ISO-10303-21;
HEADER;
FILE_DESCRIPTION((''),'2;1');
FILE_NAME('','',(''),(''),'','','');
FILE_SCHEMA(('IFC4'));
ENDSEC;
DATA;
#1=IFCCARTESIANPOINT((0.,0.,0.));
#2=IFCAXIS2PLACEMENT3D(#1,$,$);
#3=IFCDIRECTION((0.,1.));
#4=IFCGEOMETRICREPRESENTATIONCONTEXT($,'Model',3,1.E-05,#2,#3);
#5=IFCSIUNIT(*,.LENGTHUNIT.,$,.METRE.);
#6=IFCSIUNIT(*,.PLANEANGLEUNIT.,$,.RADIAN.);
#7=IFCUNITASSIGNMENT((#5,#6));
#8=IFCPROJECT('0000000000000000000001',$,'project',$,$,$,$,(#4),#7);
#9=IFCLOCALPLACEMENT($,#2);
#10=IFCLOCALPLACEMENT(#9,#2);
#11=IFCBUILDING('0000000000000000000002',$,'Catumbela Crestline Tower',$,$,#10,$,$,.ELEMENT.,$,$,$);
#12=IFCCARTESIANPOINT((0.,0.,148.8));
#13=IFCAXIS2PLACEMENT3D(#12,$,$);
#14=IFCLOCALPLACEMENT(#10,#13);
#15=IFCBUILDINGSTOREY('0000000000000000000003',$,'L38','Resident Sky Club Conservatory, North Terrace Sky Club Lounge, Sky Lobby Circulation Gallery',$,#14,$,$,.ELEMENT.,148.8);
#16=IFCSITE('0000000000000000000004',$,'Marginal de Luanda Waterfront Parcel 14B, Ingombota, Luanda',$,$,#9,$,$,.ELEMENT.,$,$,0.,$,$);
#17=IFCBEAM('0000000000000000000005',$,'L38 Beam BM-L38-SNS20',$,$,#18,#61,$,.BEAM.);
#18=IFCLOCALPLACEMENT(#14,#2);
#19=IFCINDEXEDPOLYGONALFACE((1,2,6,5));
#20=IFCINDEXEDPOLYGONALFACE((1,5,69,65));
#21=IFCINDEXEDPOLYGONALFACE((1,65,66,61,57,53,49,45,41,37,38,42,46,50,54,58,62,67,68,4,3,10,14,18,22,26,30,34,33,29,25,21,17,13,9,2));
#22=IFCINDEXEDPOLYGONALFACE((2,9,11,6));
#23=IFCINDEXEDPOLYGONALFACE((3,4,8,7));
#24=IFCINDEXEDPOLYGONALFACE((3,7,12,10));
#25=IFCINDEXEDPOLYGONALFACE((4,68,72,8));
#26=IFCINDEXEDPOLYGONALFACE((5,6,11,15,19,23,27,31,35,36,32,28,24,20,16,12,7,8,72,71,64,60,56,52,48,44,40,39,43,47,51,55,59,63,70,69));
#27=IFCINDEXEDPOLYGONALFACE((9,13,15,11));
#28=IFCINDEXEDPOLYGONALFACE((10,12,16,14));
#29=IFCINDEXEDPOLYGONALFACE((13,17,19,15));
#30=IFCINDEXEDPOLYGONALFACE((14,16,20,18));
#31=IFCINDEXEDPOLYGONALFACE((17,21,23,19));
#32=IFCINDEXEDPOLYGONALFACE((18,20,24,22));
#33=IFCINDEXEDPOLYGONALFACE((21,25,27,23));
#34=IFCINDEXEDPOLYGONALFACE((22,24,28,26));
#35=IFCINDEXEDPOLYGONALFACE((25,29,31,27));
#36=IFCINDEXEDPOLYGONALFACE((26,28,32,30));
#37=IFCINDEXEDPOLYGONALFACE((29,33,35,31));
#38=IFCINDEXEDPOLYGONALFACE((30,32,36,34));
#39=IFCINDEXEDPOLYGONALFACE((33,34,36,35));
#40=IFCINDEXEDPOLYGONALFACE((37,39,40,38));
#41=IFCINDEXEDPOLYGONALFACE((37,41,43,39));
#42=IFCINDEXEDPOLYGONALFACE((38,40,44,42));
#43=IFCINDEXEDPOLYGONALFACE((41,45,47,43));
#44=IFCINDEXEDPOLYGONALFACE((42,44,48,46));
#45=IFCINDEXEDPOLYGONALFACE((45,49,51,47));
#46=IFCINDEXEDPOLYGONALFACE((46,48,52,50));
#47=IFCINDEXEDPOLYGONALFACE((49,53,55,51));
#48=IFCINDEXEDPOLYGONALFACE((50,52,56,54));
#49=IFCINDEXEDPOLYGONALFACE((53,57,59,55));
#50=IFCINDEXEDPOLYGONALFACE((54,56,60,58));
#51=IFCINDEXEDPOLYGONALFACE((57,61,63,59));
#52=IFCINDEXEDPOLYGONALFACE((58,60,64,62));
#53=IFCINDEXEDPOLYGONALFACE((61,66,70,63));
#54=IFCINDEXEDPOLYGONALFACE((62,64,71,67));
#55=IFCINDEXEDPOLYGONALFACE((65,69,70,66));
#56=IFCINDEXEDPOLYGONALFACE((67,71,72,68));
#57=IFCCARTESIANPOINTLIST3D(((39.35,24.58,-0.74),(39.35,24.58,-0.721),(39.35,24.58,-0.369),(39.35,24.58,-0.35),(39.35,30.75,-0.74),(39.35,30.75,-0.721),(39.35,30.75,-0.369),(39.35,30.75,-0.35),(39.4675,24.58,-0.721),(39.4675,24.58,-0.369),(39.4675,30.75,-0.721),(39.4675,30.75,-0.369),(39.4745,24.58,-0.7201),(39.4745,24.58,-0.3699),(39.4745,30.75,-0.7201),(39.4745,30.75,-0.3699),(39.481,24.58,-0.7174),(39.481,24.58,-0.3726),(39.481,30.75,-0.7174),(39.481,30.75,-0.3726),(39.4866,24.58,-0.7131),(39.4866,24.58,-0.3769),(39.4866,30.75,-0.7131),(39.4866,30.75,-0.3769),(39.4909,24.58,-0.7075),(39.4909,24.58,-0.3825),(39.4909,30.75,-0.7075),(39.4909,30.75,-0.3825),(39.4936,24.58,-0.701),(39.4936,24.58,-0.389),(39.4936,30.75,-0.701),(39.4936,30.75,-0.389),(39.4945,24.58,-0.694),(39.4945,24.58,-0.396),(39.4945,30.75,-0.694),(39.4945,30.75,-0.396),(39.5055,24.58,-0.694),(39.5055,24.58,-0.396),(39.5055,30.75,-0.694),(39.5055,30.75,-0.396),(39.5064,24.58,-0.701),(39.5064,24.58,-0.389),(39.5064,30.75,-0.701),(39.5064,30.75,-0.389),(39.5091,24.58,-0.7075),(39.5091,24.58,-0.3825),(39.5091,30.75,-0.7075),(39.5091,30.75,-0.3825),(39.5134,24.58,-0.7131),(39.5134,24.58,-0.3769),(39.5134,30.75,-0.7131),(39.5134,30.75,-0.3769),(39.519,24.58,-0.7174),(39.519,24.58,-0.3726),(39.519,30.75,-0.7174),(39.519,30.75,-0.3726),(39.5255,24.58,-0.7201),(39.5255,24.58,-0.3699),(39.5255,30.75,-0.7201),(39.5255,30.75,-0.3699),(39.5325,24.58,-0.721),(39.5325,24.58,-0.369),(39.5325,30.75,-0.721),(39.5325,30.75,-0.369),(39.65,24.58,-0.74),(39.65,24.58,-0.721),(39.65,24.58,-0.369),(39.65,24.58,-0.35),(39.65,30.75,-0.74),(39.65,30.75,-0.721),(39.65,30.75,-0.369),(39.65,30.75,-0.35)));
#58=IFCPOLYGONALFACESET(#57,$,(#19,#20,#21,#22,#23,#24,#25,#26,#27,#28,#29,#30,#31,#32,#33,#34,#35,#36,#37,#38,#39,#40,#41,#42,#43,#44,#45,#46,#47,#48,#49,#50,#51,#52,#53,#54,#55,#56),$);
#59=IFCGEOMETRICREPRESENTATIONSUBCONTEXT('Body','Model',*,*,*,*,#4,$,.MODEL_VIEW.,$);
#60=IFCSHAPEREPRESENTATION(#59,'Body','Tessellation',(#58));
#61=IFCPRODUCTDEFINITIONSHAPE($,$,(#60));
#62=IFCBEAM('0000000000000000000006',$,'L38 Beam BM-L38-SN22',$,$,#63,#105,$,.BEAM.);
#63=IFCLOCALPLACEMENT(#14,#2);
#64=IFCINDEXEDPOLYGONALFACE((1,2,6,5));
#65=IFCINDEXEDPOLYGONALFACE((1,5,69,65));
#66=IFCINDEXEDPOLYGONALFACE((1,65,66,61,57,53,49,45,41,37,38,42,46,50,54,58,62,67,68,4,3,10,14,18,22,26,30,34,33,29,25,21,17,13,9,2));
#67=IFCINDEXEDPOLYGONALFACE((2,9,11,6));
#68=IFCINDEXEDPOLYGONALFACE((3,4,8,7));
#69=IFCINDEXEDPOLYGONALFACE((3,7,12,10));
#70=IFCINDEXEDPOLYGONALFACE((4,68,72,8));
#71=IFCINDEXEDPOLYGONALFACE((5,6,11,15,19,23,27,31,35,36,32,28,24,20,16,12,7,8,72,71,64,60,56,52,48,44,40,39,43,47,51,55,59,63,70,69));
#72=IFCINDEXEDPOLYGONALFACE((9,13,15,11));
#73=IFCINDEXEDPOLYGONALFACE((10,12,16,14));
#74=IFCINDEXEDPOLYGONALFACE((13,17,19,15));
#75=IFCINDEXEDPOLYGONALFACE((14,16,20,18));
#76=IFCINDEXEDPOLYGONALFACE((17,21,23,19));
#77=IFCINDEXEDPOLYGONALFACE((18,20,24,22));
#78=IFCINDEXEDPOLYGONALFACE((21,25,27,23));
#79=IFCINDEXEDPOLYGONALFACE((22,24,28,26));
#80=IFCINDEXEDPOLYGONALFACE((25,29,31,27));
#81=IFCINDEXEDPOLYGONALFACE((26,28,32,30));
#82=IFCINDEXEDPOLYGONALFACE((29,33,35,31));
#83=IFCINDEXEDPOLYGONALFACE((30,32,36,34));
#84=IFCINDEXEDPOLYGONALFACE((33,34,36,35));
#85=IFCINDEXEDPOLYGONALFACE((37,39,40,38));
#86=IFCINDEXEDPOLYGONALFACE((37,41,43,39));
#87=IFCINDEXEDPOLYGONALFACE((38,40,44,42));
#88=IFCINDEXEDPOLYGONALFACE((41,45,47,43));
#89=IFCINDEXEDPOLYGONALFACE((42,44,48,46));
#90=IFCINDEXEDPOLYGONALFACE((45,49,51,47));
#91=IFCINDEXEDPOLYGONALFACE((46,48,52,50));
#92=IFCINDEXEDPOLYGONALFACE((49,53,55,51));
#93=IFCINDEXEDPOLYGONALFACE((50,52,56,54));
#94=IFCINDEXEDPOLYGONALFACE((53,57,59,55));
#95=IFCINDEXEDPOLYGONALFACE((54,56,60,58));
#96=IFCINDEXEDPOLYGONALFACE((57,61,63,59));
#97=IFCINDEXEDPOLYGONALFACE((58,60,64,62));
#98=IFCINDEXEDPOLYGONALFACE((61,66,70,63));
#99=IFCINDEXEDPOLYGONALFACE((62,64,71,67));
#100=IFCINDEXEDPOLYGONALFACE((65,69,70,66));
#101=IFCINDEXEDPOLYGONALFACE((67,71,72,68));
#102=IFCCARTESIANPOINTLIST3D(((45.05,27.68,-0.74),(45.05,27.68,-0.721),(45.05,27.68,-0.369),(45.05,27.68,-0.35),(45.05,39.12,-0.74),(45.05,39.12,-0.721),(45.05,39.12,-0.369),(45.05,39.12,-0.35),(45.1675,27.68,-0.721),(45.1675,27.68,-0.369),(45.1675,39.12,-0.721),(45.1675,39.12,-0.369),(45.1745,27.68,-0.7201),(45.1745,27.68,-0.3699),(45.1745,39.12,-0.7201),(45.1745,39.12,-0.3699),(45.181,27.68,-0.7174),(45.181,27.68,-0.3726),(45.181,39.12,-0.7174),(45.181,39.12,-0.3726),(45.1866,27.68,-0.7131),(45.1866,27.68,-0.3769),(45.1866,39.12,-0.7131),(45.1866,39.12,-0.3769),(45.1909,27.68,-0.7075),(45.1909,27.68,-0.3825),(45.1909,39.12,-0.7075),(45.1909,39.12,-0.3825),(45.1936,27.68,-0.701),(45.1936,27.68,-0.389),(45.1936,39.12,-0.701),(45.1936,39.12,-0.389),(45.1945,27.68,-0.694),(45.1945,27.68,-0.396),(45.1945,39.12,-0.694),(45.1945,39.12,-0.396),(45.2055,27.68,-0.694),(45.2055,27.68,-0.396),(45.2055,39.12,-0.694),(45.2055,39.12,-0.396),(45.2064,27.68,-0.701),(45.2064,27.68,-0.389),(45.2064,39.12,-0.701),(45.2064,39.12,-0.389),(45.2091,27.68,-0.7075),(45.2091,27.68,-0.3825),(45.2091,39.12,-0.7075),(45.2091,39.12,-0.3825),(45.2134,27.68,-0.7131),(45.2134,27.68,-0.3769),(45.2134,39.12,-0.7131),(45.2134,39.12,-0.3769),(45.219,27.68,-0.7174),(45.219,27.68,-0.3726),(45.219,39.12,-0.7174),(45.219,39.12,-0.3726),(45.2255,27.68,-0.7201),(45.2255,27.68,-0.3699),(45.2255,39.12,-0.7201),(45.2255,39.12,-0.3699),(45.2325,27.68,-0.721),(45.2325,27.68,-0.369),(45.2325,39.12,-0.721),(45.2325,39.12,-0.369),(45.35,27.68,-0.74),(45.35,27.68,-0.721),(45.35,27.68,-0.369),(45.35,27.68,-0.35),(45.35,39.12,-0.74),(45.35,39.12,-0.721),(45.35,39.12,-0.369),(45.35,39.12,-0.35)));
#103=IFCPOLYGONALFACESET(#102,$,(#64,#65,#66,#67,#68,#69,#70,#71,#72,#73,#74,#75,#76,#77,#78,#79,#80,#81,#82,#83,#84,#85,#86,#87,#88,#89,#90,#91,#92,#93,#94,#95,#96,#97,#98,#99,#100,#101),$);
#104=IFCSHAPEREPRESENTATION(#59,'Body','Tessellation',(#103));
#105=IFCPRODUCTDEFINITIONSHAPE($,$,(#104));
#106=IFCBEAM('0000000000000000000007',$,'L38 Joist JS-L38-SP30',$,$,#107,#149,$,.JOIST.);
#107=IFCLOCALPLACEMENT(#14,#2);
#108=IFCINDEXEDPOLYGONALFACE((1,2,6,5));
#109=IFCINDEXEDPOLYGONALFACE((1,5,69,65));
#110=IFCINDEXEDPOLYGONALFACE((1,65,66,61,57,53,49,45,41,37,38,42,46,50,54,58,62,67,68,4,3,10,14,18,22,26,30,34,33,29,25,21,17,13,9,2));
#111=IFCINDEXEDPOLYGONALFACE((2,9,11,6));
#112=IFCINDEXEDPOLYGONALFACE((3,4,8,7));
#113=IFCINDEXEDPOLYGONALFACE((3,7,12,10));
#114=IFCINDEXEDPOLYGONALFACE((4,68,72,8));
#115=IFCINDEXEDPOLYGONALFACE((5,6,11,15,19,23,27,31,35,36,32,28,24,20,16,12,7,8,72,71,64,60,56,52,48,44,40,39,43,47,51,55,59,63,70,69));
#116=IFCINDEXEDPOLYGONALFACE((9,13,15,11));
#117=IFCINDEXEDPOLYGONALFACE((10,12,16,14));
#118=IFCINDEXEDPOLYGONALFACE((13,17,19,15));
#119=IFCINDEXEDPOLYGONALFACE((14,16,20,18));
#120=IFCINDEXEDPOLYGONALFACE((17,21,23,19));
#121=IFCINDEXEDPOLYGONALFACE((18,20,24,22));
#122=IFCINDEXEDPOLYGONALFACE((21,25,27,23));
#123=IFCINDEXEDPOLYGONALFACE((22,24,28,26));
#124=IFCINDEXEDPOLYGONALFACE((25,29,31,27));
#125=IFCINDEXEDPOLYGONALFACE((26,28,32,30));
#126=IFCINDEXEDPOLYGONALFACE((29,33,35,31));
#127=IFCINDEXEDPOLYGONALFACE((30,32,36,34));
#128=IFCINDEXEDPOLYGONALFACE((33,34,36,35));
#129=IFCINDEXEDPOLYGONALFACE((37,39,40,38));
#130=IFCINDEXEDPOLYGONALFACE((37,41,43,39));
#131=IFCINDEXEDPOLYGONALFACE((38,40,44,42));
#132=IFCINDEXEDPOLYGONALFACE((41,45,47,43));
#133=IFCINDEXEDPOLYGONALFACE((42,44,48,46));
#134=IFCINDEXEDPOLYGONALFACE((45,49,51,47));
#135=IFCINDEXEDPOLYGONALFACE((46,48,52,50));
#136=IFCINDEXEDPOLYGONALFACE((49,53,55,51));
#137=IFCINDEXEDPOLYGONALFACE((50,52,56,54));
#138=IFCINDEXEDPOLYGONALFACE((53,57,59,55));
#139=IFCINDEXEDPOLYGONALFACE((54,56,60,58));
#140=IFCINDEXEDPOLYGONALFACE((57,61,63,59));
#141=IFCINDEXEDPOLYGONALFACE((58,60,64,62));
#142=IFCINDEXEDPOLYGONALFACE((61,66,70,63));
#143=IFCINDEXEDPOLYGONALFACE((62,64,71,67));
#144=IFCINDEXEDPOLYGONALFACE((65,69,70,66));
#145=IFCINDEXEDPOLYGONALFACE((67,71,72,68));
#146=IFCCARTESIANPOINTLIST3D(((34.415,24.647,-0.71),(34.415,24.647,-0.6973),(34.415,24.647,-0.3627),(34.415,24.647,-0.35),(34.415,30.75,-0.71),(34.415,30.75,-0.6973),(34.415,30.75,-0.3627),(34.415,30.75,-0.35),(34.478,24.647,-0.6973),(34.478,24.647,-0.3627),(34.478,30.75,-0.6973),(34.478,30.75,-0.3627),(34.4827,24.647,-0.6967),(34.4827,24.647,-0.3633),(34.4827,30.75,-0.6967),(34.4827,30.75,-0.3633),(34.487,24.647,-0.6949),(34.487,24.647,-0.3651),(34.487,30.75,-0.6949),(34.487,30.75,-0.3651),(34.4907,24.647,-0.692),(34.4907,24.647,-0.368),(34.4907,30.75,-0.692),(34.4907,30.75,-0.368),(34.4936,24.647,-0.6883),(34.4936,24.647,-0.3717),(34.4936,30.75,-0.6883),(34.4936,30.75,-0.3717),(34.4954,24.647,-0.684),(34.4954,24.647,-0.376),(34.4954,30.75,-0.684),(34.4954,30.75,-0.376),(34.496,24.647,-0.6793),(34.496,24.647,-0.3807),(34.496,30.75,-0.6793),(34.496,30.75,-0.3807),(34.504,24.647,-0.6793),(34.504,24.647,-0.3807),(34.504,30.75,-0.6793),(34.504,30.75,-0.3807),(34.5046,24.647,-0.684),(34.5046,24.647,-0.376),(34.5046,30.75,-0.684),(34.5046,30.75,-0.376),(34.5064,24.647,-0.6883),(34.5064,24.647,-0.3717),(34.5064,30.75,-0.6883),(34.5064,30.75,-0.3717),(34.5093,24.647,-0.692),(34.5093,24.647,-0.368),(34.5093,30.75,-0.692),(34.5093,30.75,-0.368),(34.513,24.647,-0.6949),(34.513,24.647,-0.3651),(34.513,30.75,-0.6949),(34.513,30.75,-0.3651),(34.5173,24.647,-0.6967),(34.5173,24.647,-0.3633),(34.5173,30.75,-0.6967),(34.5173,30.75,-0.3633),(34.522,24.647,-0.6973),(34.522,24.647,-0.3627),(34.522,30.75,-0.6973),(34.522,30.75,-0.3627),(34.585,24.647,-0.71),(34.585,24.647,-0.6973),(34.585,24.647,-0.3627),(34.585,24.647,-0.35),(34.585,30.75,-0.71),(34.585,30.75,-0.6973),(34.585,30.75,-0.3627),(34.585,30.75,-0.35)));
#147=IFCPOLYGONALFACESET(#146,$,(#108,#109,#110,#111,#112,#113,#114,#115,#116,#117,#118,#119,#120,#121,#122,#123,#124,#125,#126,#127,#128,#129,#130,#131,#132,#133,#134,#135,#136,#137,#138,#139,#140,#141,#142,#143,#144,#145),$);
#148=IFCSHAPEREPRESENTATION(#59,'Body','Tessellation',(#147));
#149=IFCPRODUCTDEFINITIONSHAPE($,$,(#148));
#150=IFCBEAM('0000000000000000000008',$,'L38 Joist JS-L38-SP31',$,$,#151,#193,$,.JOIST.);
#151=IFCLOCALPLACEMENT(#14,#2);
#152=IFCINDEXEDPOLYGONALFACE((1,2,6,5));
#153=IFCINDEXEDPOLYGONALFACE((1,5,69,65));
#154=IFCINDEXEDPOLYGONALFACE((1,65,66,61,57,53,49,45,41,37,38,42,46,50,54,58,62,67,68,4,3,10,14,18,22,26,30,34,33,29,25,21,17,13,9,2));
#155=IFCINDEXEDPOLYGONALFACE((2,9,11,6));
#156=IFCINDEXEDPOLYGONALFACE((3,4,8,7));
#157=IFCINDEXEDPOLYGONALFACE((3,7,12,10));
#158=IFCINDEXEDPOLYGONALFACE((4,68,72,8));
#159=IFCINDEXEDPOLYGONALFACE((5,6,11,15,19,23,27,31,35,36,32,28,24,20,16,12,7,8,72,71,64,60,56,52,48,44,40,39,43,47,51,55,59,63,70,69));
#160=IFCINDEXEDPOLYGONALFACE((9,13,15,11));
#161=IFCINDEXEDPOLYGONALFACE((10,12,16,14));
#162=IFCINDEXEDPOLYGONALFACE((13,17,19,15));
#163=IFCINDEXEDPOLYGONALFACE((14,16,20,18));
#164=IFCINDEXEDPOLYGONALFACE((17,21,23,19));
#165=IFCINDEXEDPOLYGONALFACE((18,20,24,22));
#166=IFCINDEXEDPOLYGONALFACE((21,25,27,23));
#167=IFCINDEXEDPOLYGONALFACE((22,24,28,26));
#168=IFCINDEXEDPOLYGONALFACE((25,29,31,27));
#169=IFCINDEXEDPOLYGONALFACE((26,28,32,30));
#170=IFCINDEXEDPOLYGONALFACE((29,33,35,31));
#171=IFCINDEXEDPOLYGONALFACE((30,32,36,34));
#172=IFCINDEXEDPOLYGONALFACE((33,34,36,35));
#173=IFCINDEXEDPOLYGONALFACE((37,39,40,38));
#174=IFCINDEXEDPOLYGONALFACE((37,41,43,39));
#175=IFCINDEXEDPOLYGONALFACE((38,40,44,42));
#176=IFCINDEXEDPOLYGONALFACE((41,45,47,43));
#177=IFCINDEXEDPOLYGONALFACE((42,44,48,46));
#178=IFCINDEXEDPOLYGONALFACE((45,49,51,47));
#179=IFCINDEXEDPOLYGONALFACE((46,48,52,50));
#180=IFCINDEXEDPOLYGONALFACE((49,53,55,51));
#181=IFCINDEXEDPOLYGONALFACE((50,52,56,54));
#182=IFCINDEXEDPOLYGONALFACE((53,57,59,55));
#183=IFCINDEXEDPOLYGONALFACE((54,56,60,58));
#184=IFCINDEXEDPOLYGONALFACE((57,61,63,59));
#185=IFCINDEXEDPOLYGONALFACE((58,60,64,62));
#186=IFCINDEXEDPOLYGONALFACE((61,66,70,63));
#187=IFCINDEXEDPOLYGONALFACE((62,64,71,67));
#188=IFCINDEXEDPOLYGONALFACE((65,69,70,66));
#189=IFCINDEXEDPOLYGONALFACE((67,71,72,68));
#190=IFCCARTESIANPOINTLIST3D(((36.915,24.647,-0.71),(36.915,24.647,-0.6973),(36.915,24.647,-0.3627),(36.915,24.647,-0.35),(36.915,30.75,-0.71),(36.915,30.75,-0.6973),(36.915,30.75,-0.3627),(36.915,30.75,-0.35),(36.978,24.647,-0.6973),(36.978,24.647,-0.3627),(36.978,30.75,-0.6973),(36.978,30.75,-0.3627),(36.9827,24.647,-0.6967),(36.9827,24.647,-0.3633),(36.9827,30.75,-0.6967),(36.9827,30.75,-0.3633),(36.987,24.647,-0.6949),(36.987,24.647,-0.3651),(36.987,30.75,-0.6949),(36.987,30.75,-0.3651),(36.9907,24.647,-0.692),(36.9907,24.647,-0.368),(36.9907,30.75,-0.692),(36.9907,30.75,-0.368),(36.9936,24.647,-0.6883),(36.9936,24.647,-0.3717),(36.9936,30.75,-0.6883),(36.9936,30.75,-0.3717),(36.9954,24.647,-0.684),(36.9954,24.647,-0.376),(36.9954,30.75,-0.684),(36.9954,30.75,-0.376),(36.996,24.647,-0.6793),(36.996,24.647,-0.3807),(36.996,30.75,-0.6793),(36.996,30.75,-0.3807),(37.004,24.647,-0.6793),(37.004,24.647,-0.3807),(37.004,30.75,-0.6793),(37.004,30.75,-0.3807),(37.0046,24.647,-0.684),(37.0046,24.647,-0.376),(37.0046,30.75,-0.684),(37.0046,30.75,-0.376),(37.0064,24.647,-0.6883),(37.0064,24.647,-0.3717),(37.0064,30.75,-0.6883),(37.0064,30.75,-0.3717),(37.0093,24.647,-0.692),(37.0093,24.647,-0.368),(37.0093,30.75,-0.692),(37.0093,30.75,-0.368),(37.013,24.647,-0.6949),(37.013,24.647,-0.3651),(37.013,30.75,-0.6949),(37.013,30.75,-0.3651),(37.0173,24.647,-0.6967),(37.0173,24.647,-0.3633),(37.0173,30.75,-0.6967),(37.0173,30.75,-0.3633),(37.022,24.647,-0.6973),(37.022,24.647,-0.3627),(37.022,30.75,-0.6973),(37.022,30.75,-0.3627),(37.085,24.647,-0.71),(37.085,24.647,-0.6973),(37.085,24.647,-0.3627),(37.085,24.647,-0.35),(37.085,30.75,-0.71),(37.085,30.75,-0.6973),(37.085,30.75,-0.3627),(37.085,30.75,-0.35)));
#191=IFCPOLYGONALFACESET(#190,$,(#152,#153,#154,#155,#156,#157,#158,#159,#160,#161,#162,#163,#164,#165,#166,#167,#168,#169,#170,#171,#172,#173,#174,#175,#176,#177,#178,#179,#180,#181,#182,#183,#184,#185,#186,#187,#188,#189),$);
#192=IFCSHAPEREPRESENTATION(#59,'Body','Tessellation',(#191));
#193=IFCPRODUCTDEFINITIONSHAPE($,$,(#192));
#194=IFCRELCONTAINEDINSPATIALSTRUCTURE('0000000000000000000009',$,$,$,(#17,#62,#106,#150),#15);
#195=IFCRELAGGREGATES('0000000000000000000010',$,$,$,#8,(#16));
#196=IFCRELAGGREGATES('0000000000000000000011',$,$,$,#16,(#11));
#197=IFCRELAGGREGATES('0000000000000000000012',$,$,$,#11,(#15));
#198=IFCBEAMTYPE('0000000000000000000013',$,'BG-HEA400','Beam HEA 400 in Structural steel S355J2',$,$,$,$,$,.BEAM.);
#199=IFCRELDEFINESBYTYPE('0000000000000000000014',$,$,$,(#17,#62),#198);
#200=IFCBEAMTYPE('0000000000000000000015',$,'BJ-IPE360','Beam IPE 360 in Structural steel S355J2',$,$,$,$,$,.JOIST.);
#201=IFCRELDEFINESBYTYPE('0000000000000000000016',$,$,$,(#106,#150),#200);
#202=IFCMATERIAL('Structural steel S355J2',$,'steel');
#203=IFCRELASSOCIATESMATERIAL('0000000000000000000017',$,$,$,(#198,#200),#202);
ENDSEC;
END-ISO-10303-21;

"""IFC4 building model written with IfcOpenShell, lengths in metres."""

from ifc_helpers import new_model, si_unit, direction, frame, origin, origin_2d, place, context, subcontext, project, spatial, i_section, extrude, material, material_profile, profile_set, type_object, element, save


model = new_model("IFC4")

# Units and contexts
model_context = context("Model", 3, precision=1e-05, world=origin(), true_north=direction((0.0, 1.0)))
body_context = subcontext(model_context, "Body", "Model", "MODEL_VIEW")
ifc_project = project(units=[si_unit("LENGTHUNIT", "METRE"), si_unit("PLANEANGLEUNIT", "RADIAN")], contexts=[model_context])

# Site, building, storey
site_placement = place(None, origin())
site = spatial("IfcSite", under=ifc_project, at=site_placement, Name="Marginal de Luanda Waterfront Parcel 14B, Ingombota, Luanda", CompositionType="ELEMENT", RefElevation=0.0)
building_placement = place(site_placement, origin())
building = spatial("IfcBuilding", under=site, at=building_placement, Name="Catumbela Crestline Tower", CompositionType="ELEMENT")
storey_placement = place(building_placement, frame((0.0, 0.0, 148.8)))
storey = spatial("IfcBuildingStorey", under=building, at=storey_placement, Name="L38", Description="Resident Sky Club Conservatory, North Terrace Sky Club Lounge, Sky Lobby Circulation Gallery", CompositionType="ELEMENT", Elevation=148.8)

# Beams
ifc_material_1 = material(Name="Structural steel S355J2", Category="steel")
ifc_material_profile_1 = material_profile(ifc_material_1, i_section(OverallWidth=0.3, OverallDepth=0.39, WebThickness=0.011, FlangeThickness=0.019, FilletRadius=0.027, at=origin_2d()), Name="HEA 400")
ifc_profile_set_1 = profile_set([ifc_material_profile_1], Name="Structural steel S355J2")
beam_type_1 = type_object("IfcBeamType", Name="BG-HEA400", Description="Beam HEA 400 in Structural steel S355J2", PredefinedType="BEAM", material=ifc_profile_set_1)
beam_1_placement = place(storey_placement, frame((39.5, 24.58, -0.545), z_axis=(0.0, 1.0, 0.0), x_axis=(-1.0, 0.0, 0.0)))
element("IfcBeam", 1, at=beam_1_placement, inside=storey, type_object=beam_type_1, Name="L38 Beam BM-L38-SNS20", PredefinedType="BEAM", context=body_context, shape_type="SweptSolid", body=[
    extrude(i_section(OverallWidth=0.3, OverallDepth=0.39, WebThickness=0.011, FlangeThickness=0.019, FilletRadius=0.027, at=origin_2d()), origin(), (0.0, 0.0, 1.0), 6.17),
])
beam_2_placement = place(storey_placement, frame((45.2, 27.68, -0.545), z_axis=(0.0, 1.0, 0.0), x_axis=(-1.0, 0.0, 0.0)))
element("IfcBeam", 2, at=beam_2_placement, inside=storey, type_object=beam_type_1, Name="L38 Beam BM-L38-SN22", PredefinedType="BEAM", context=body_context, shape_type="SweptSolid", body=[
    extrude(i_section(OverallWidth=0.3, OverallDepth=0.39, WebThickness=0.011, FlangeThickness=0.019, FilletRadius=0.027, at=origin_2d()), origin(), (0.0, 0.0, 1.0), 11.44),
])
ifc_material_profile_2 = material_profile(ifc_material_1, i_section(OverallWidth=0.17, OverallDepth=0.36, WebThickness=0.008, FlangeThickness=0.0127, FilletRadius=0.018, at=origin_2d()), Name="IPE 360")
ifc_profile_set_2 = profile_set([ifc_material_profile_2], Name="Structural steel S355J2")
beam_type_2 = type_object("IfcBeamType", Name="BJ-IPE360", Description="Beam IPE 360 in Structural steel S355J2", PredefinedType="JOIST", material=ifc_profile_set_2)
for number, where, z_axis, x_axis, name in (
    (3, (34.5, 24.647, -0.53), (0.0, 1.0, 0.0), (-1.0, 0.0, 0.0), "L38 Joist JS-L38-SP30"),
    (4, (37.0, 24.647, -0.53), (0.0, 1.0, 0.0), (-1.0, 0.0, 0.0), "L38 Joist JS-L38-SP31"),
):
    element("IfcBeam", number, at=place(storey_placement, frame(where, z_axis=z_axis, x_axis=x_axis)), inside=storey, type_object=beam_type_2, Name=name, PredefinedType="JOIST", context=body_context, shape_type="SweptSolid", body=[
        extrude(i_section(OverallWidth=0.17, OverallDepth=0.36, WebThickness=0.008, FlangeThickness=0.0127, FilletRadius=0.018, at=origin_2d()), origin(), (0.0, 0.0, 1.0), 6.103),
    ])

save(model, "model.ifc")
